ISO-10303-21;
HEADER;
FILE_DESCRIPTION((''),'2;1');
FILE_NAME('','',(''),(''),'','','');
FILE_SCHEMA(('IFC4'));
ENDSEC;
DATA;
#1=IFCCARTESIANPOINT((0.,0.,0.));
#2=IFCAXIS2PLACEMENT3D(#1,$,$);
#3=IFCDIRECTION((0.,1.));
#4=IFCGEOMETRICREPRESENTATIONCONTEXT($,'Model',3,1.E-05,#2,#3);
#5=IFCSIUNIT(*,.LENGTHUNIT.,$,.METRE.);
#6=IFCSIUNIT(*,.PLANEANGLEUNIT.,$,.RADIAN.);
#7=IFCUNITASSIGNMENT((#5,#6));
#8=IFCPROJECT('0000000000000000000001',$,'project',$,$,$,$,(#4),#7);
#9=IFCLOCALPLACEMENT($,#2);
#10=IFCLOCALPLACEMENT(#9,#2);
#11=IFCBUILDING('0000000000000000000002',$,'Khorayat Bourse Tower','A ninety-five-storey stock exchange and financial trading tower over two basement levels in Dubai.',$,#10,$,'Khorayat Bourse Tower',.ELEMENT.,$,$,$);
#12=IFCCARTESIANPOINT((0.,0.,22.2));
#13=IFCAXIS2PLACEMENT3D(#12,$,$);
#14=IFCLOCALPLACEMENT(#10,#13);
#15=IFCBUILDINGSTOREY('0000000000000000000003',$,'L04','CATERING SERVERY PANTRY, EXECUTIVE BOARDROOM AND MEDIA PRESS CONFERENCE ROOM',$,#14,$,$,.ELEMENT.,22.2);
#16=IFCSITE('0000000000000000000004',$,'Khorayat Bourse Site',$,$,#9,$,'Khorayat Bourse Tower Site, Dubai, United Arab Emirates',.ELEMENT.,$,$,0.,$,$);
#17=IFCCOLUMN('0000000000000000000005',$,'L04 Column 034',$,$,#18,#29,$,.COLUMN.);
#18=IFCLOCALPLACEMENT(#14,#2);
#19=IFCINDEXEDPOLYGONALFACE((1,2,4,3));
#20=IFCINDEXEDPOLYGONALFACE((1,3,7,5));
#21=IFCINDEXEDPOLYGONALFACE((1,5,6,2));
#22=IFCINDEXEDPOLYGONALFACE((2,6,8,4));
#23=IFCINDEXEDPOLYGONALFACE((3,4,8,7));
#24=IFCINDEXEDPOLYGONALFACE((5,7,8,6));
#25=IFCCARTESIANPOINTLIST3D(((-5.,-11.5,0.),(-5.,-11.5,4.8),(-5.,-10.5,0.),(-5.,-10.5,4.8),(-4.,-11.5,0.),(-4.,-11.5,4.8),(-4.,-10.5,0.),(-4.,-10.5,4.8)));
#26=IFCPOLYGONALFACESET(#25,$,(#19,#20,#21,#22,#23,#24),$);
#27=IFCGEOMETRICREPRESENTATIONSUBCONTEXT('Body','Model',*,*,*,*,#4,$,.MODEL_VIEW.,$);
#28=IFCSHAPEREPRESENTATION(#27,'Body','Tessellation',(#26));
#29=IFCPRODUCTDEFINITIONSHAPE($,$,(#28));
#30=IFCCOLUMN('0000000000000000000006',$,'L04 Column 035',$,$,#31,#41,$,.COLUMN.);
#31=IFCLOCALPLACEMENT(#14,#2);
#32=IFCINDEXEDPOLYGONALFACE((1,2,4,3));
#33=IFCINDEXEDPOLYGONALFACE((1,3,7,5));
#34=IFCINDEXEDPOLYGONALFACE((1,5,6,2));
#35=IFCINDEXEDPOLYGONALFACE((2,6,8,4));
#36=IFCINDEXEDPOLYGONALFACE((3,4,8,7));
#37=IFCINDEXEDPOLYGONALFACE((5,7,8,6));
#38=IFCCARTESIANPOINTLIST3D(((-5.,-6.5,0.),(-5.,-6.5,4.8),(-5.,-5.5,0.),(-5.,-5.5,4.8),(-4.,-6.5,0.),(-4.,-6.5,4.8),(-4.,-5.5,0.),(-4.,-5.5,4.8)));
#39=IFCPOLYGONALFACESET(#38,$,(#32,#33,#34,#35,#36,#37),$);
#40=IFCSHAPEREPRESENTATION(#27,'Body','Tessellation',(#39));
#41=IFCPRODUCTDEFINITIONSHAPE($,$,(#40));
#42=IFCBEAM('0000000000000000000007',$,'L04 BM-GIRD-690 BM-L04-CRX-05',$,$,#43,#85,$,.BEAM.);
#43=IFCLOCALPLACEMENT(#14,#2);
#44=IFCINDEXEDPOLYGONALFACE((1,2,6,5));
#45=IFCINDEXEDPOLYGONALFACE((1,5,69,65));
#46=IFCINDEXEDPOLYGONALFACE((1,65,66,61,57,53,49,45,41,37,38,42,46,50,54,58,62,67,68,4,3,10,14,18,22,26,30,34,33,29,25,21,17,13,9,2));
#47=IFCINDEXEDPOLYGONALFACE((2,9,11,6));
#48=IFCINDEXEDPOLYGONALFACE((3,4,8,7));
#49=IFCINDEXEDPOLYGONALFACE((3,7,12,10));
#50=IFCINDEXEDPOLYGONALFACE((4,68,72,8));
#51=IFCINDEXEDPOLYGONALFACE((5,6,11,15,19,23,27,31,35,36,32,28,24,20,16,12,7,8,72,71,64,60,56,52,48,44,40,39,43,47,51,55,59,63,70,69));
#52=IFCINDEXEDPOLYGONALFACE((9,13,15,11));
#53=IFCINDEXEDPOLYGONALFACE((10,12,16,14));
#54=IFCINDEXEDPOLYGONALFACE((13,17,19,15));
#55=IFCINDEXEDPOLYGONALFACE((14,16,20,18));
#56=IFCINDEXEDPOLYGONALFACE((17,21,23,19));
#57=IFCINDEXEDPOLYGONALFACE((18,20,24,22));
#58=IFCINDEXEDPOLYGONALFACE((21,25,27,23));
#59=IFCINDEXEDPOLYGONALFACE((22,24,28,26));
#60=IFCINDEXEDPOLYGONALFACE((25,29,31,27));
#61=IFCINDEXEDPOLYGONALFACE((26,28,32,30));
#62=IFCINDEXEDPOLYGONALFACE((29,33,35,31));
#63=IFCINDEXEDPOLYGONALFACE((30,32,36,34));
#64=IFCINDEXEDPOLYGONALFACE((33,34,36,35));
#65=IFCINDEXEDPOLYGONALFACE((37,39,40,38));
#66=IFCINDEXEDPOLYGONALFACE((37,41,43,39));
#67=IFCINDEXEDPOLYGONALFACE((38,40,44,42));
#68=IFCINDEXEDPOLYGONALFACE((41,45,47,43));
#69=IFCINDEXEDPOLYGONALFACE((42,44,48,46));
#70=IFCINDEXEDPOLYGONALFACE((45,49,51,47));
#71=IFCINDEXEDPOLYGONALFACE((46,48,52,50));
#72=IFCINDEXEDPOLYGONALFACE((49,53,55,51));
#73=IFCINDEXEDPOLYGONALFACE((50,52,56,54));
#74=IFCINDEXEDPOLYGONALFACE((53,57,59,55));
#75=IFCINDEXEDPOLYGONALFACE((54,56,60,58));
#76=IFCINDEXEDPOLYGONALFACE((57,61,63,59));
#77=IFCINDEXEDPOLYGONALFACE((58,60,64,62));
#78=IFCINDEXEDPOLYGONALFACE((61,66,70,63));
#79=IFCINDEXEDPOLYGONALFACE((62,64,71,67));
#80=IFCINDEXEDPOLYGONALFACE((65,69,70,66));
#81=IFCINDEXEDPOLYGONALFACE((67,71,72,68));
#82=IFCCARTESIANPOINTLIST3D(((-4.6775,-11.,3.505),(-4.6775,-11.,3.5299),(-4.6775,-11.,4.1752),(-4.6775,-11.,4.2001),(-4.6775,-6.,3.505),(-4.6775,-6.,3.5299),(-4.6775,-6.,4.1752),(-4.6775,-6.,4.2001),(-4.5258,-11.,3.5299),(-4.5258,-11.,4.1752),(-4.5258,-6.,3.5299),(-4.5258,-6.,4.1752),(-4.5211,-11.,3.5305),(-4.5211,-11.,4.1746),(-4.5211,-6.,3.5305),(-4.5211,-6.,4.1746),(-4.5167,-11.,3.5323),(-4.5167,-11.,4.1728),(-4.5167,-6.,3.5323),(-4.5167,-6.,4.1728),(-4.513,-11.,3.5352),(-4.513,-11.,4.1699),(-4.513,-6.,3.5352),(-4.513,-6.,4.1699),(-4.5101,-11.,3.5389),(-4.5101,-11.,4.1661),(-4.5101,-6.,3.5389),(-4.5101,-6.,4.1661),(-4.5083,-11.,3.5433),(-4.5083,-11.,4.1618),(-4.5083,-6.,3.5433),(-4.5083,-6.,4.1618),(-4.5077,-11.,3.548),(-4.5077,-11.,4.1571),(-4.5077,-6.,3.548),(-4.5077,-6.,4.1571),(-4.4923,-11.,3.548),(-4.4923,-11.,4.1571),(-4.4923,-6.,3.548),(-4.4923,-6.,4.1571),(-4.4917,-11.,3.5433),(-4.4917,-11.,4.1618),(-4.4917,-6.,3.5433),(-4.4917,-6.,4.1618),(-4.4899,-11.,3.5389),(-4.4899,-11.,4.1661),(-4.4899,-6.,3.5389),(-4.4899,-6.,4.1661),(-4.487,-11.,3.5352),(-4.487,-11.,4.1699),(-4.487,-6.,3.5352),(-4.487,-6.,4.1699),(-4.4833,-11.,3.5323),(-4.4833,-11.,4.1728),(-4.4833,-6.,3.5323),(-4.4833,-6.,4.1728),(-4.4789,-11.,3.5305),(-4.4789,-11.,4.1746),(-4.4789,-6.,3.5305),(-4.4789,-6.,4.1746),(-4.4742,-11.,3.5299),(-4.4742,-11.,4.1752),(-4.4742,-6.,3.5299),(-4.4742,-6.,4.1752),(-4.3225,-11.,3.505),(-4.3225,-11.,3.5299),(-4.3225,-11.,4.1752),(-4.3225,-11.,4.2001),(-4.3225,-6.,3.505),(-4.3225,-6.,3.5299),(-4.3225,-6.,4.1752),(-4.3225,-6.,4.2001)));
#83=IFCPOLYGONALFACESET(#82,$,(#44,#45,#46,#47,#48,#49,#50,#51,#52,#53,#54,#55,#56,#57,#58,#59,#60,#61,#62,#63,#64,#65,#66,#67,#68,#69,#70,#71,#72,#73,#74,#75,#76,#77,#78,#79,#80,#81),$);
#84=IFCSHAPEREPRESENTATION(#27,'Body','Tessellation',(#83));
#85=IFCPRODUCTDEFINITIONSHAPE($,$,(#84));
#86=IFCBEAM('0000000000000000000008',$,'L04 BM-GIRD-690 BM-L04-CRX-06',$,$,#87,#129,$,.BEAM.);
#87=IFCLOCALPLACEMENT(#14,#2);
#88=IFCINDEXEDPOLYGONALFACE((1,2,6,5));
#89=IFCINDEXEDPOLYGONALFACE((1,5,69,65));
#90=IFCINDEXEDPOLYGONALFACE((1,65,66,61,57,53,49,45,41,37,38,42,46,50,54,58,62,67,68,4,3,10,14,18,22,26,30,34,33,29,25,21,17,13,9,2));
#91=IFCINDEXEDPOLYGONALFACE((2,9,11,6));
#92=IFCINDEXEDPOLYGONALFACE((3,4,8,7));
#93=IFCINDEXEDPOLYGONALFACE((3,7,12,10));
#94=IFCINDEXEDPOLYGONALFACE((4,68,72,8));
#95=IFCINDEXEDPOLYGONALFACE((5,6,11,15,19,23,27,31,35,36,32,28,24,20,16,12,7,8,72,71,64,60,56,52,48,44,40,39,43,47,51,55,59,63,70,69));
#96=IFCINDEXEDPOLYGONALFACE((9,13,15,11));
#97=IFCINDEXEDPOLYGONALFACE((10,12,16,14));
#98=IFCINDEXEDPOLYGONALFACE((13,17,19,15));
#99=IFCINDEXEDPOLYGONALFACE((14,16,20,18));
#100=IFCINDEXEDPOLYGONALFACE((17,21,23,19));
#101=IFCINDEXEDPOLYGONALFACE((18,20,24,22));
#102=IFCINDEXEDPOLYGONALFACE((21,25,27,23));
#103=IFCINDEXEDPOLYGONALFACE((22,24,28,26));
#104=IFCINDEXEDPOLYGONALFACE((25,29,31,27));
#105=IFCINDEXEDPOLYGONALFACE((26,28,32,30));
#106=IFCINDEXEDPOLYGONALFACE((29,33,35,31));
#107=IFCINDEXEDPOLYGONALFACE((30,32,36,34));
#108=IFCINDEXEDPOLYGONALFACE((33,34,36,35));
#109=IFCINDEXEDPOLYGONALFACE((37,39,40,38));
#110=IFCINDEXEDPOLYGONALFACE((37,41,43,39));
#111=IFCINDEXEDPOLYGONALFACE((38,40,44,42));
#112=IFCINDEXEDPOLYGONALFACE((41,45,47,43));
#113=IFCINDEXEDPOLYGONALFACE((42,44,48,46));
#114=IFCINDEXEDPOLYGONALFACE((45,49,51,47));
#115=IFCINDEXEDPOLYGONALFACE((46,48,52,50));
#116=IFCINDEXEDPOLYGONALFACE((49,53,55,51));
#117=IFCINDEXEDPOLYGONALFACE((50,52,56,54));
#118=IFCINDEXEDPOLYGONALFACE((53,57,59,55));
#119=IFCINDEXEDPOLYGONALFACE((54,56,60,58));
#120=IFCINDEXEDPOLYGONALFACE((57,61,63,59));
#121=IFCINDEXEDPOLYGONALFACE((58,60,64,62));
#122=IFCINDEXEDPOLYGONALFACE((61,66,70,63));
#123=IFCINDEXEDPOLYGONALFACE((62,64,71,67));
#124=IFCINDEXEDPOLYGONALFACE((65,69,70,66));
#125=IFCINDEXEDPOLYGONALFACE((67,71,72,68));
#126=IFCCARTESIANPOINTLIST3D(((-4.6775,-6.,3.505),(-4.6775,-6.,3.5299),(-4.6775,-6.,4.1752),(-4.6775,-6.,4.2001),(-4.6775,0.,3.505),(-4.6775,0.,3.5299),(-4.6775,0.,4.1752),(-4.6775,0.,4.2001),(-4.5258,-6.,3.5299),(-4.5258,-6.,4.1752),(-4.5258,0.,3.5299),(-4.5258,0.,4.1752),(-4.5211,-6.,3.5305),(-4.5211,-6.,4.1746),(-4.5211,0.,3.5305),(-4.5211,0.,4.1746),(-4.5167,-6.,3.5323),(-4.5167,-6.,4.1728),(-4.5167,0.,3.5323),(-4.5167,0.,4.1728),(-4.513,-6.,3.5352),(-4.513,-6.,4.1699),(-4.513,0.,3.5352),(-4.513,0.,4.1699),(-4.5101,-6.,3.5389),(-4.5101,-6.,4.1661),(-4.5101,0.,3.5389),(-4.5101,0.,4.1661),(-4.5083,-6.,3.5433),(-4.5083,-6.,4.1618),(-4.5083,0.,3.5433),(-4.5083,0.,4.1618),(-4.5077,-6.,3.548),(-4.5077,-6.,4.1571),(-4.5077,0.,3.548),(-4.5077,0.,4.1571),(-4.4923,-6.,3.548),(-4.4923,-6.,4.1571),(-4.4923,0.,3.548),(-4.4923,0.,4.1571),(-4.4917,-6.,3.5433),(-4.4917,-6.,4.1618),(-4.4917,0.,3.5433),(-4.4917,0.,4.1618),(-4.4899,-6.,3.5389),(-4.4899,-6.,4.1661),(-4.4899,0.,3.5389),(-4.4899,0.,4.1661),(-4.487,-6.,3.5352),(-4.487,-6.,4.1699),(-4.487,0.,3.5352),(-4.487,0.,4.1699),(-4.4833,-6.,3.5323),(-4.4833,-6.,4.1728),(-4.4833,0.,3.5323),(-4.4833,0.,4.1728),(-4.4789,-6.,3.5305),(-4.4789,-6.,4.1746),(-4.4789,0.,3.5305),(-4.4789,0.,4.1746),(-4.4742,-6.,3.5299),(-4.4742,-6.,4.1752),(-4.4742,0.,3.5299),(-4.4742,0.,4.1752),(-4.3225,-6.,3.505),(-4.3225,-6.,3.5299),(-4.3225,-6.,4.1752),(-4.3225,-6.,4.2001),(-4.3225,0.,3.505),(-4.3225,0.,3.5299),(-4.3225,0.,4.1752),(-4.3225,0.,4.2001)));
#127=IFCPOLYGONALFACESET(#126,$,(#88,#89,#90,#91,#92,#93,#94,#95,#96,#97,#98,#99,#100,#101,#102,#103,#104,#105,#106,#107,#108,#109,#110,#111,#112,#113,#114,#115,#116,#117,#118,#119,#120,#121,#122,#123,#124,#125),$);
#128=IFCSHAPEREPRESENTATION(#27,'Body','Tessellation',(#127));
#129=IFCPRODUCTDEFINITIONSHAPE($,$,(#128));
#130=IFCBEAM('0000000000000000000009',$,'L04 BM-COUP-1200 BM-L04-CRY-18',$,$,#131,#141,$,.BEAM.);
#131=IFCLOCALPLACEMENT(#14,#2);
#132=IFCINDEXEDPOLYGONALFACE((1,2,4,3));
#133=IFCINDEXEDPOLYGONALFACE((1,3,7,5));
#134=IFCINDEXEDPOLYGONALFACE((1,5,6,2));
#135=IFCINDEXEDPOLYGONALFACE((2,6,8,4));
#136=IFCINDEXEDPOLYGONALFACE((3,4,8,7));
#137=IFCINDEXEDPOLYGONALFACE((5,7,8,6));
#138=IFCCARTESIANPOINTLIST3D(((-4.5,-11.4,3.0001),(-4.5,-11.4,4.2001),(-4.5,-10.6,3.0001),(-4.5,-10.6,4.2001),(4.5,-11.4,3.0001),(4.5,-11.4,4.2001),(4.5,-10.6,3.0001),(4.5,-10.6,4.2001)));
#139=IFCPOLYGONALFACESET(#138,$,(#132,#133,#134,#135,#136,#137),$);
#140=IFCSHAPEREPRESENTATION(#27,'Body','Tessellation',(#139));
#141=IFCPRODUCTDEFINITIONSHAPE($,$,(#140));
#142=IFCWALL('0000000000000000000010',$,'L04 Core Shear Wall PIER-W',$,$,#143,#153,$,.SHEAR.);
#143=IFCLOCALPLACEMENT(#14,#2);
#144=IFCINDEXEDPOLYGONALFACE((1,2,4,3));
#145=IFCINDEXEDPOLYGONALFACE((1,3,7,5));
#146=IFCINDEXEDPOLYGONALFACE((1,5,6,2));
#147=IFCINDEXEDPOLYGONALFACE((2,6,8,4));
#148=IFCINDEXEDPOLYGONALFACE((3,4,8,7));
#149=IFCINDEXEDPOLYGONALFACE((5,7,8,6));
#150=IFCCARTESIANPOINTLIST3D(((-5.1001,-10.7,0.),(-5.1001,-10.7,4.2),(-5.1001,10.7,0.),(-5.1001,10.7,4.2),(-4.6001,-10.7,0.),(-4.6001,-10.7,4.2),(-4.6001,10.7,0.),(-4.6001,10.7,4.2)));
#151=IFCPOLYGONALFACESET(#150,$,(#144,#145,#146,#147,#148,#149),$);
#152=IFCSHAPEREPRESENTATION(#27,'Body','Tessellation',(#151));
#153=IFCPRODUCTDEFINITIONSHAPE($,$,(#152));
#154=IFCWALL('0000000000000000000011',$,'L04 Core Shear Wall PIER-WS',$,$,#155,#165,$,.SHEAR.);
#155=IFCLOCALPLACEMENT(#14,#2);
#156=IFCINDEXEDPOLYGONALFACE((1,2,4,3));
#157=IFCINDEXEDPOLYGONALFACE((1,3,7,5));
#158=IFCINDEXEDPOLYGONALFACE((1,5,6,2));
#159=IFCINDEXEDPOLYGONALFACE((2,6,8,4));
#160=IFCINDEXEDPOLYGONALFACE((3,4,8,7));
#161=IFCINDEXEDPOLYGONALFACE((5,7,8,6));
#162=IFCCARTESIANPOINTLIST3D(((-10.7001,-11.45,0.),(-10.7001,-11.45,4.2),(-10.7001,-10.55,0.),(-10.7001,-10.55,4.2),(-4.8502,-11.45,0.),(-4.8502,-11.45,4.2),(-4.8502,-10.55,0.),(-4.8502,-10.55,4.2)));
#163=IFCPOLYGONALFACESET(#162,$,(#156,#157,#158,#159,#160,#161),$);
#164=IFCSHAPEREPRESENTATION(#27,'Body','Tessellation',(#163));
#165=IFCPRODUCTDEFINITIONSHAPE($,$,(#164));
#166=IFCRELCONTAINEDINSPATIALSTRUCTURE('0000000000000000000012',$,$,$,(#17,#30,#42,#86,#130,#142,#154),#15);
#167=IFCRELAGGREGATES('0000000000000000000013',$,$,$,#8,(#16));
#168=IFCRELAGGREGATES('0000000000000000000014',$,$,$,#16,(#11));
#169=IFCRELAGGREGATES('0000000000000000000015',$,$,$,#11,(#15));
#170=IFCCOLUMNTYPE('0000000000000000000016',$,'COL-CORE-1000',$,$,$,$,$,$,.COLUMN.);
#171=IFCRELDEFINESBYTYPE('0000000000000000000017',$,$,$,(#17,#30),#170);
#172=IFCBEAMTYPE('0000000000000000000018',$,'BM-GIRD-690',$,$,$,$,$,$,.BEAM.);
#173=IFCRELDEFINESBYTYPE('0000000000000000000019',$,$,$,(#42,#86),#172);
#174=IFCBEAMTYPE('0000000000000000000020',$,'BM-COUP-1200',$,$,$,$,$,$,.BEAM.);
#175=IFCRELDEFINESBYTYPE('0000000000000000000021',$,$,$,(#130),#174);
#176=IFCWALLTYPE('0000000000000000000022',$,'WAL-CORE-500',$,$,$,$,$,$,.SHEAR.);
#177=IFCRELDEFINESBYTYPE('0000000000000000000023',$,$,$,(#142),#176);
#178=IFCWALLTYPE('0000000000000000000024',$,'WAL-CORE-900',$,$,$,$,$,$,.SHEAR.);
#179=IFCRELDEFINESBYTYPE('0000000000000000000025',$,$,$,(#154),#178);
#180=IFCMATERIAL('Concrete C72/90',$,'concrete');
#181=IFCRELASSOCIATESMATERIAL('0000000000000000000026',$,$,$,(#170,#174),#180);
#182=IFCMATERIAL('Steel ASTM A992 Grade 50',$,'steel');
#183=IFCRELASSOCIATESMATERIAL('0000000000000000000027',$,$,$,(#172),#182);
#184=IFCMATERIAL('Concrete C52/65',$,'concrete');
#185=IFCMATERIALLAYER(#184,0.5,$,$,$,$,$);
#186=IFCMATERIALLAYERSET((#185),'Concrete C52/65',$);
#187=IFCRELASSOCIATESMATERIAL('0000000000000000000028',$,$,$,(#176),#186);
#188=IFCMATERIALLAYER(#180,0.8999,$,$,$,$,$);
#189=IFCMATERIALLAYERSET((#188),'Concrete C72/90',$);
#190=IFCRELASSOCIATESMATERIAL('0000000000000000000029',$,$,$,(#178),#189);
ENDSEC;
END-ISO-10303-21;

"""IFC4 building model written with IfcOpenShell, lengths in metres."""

from ifc_helpers import new_model, si_unit, direction, frame, frame_2d, origin, origin_2d, place, context, subcontext, project, spatial, rectangle, i_section, extrude, source, transform, mapped, material, layer, layer_set, material_profile, profile_set, type_object, element, save


model = new_model("IFC4")

# Units and contexts
model_context = context("Model", 3, precision=1e-05, world=origin(), true_north=direction((0.0, 1.0)))
body_context = subcontext(model_context, "Body", "Model", "MODEL_VIEW")
ifc_project = project(units=[si_unit("LENGTHUNIT", "METRE"), si_unit("PLANEANGLEUNIT", "RADIAN")], contexts=[model_context])

# Site, building, storey
site_placement = place(None, origin())
site = spatial("IfcSite", under=ifc_project, at=site_placement, Name="Khorayat Bourse Site", LongName="Khorayat Bourse Tower Site, Dubai, United Arab Emirates", CompositionType="ELEMENT", RefElevation=0.0)
building_placement = place(site_placement, origin())
building = spatial("IfcBuilding", under=site, at=building_placement, Name="Khorayat Bourse Tower", Description="A ninety-five-storey stock exchange and financial trading tower over two basement levels in Dubai.", LongName="Khorayat Bourse Tower", CompositionType="ELEMENT")
storey_placement = place(building_placement, frame((0.0, 0.0, 22.2)))
storey = spatial("IfcBuildingStorey", under=building, at=storey_placement, Name="L04", Description="CATERING SERVERY PANTRY, EXECUTIVE BOARDROOM AND MEDIA PRESS CONFERENCE ROOM", CompositionType="ELEMENT", Elevation=22.2)

# Columns
ifc_material_1 = material(Name="Concrete C72/90", Category="concrete")
ifc_material_profile_1 = material_profile(ifc_material_1, rectangle(XDim=1.0, YDim=1.0, at=origin_2d()), Name="RC 1000x1000")
ifc_profile_set_1 = profile_set([ifc_material_profile_1], Name="Concrete C72/90")
column_type = type_object("IfcColumnType", Name="COL-CORE-1000", PredefinedType="COLUMN", material=ifc_profile_set_1)
shared_shape_1 = source(origin(), body_context, "Body", "SweptSolid", [
    extrude(rectangle(XDim=1.0, YDim=1.0, at=origin_2d()), origin(), (0.0, 0.0, 1.0), 4.8),
])
for number, where, z_axis, x_axis, name in (
    (1, (-4.5, -11.0, 0.0), (0.0, 0.0, 1.0), (1.0, 0.0, 0.0), "L04 Column 034"),
    (2, (-4.5, -6.0, 0.0), (0.0, 0.0, 1.0), (1.0, 0.0, 0.0), "L04 Column 035"),
):
    element("IfcColumn", number, at=place(storey_placement, frame(where, z_axis=z_axis, x_axis=x_axis)), inside=storey, type_object=column_type, Name=name, PredefinedType="COLUMN", context=body_context, shape_type="MappedRepresentation", body=[
        mapped(shared_shape_1, transform((0.0, 0.0, 0.0), scale=1.0)),
    ])

# Beams
ifc_material_2 = material(Name="Steel ASTM A992 Grade 50", Category="steel")
ifc_material_profile_2 = material_profile(ifc_material_2, i_section(OverallWidth=0.355, OverallDepth=0.6951, WebThickness=0.0154, FlangeThickness=0.0249, FilletRadius=0.0181, at=origin_2d()), Name="W690X217")
ifc_profile_set_2 = profile_set([ifc_material_profile_2], Name="Steel ASTM A992 Grade 50")
beam_type_1 = type_object("IfcBeamType", Name="BM-GIRD-690", PredefinedType="BEAM", material=ifc_profile_set_2)
shared_shape_2 = source(origin(), body_context, "Body", "SweptSolid", [
    extrude(i_section(OverallWidth=0.355, OverallDepth=0.6951, WebThickness=0.0154, FlangeThickness=0.0249, FilletRadius=0.0181, at=origin_2d()), origin(), (0.0, 0.0, 1.0), 5.0),
])
beam_1_placement = place(storey_placement, frame((-4.5, -11.0, 3.8525), z_axis=(0.0, 1.0, 0.0), x_axis=(-1.0, 0.0, 0.0)))
element("IfcBeam", 3, at=beam_1_placement, inside=storey, type_object=beam_type_1, Name="L04 BM-GIRD-690 BM-L04-CRX-05", PredefinedType="BEAM", context=body_context, shape_type="MappedRepresentation", body=[
    mapped(shared_shape_2, transform((0.0, 0.0, 0.0), scale=1.0)),
])
shared_shape_3 = source(origin(), body_context, "Body", "SweptSolid", [
    extrude(i_section(OverallWidth=0.355, OverallDepth=0.6951, WebThickness=0.0154, FlangeThickness=0.0249, FilletRadius=0.0181, at=origin_2d()), origin(), (0.0, 0.0, 1.0), 6.0),
])
beam_2_placement = place(storey_placement, frame((-4.5, -6.0, 3.8525), z_axis=(0.0, 1.0, 0.0), x_axis=(-1.0, 0.0, 0.0)))
element("IfcBeam", 4, at=beam_2_placement, inside=storey, type_object=beam_type_1, Name="L04 BM-GIRD-690 BM-L04-CRX-06", PredefinedType="BEAM", context=body_context, shape_type="MappedRepresentation", body=[
    mapped(shared_shape_3, transform((0.0, 0.0, 0.0), scale=1.0)),
])
ifc_material_profile_3 = material_profile(ifc_material_1, rectangle(XDim=0.8, YDim=1.2, at=origin_2d()), Name="RC 800x1200")
ifc_profile_set_3 = profile_set([ifc_material_profile_3], Name="Concrete C72/90")
beam_type_2 = type_object("IfcBeamType", Name="BM-COUP-1200", PredefinedType="BEAM", material=ifc_profile_set_3)
shared_shape_4 = source(origin(), body_context, "Body", "SweptSolid", [
    extrude(rectangle(XDim=0.8, YDim=1.2, at=origin_2d()), origin(), (0.0, 0.0, 1.0), 9.0),
])
beam_3_placement = place(storey_placement, frame((-4.5, -11.0, 3.6001), z_axis=(1.0, 0.0, 0.0), x_axis=(0.0, 1.0, 0.0)))
element("IfcBeam", 5, at=beam_3_placement, inside=storey, type_object=beam_type_2, Name="L04 BM-COUP-1200 BM-L04-CRY-18", PredefinedType="BEAM", context=body_context, shape_type="MappedRepresentation", body=[
    mapped(shared_shape_4, transform((0.0, 0.0, 0.0), scale=1.0)),
])

# Walls
ifc_material_3 = material(Name="Concrete C52/65", Category="concrete")
ifc_layer_1 = layer(ifc_material_3, 0.5)
ifc_layer_set_1 = layer_set([ifc_layer_1], Name="Concrete C52/65")
wall_type_1 = type_object("IfcWallType", Name="WAL-CORE-500", PredefinedType="SHEAR", material=ifc_layer_set_1)
shared_shape_5 = source(origin(), body_context, "Body", "SweptSolid", [
    extrude(rectangle(XDim=21.3999, YDim=0.5, at=frame_2d((10.7, 0.0))), origin(), (0.0, 0.0, 1.0), 4.2),
])
wall_1_placement = place(storey_placement, frame((-4.8501, -10.7, 0.0), z_axis=(0.0, 0.0, 1.0), x_axis=(0.0, 1.0, 0.0)))
element("IfcWall", 6, at=wall_1_placement, inside=storey, type_object=wall_type_1, Name="L04 Core Shear Wall PIER-W", PredefinedType="SHEAR", context=body_context, shape_type="MappedRepresentation", body=[
    mapped(shared_shape_5, transform((0.0, 0.0, 0.0), scale=1.0)),
])
ifc_layer_2 = layer(ifc_material_1, 0.8999)
ifc_layer_set_2 = layer_set([ifc_layer_2], Name="Concrete C72/90")
wall_type_2 = type_object("IfcWallType", Name="WAL-CORE-900", PredefinedType="SHEAR", material=ifc_layer_set_2)
shared_shape_6 = source(origin(), body_context, "Body", "SweptSolid", [
    extrude(rectangle(XDim=5.8499, YDim=0.8999, at=frame_2d((2.9248, 0.0))), origin(), (0.0, 0.0, 1.0), 4.2),
])
wall_2_placement = place(storey_placement, frame((-10.7, -11.0, 0.0), z_axis=(0.0, 0.0, 1.0), x_axis=(1.0, 0.0, 0.0)))
element("IfcWall", 7, at=wall_2_placement, inside=storey, type_object=wall_type_2, Name="L04 Core Shear Wall PIER-WS", PredefinedType="SHEAR", context=body_context, shape_type="MappedRepresentation", body=[
    mapped(shared_shape_6, transform((0.0, 0.0, 0.0), scale=1.0)),
])

save(model, "model.ifc")
